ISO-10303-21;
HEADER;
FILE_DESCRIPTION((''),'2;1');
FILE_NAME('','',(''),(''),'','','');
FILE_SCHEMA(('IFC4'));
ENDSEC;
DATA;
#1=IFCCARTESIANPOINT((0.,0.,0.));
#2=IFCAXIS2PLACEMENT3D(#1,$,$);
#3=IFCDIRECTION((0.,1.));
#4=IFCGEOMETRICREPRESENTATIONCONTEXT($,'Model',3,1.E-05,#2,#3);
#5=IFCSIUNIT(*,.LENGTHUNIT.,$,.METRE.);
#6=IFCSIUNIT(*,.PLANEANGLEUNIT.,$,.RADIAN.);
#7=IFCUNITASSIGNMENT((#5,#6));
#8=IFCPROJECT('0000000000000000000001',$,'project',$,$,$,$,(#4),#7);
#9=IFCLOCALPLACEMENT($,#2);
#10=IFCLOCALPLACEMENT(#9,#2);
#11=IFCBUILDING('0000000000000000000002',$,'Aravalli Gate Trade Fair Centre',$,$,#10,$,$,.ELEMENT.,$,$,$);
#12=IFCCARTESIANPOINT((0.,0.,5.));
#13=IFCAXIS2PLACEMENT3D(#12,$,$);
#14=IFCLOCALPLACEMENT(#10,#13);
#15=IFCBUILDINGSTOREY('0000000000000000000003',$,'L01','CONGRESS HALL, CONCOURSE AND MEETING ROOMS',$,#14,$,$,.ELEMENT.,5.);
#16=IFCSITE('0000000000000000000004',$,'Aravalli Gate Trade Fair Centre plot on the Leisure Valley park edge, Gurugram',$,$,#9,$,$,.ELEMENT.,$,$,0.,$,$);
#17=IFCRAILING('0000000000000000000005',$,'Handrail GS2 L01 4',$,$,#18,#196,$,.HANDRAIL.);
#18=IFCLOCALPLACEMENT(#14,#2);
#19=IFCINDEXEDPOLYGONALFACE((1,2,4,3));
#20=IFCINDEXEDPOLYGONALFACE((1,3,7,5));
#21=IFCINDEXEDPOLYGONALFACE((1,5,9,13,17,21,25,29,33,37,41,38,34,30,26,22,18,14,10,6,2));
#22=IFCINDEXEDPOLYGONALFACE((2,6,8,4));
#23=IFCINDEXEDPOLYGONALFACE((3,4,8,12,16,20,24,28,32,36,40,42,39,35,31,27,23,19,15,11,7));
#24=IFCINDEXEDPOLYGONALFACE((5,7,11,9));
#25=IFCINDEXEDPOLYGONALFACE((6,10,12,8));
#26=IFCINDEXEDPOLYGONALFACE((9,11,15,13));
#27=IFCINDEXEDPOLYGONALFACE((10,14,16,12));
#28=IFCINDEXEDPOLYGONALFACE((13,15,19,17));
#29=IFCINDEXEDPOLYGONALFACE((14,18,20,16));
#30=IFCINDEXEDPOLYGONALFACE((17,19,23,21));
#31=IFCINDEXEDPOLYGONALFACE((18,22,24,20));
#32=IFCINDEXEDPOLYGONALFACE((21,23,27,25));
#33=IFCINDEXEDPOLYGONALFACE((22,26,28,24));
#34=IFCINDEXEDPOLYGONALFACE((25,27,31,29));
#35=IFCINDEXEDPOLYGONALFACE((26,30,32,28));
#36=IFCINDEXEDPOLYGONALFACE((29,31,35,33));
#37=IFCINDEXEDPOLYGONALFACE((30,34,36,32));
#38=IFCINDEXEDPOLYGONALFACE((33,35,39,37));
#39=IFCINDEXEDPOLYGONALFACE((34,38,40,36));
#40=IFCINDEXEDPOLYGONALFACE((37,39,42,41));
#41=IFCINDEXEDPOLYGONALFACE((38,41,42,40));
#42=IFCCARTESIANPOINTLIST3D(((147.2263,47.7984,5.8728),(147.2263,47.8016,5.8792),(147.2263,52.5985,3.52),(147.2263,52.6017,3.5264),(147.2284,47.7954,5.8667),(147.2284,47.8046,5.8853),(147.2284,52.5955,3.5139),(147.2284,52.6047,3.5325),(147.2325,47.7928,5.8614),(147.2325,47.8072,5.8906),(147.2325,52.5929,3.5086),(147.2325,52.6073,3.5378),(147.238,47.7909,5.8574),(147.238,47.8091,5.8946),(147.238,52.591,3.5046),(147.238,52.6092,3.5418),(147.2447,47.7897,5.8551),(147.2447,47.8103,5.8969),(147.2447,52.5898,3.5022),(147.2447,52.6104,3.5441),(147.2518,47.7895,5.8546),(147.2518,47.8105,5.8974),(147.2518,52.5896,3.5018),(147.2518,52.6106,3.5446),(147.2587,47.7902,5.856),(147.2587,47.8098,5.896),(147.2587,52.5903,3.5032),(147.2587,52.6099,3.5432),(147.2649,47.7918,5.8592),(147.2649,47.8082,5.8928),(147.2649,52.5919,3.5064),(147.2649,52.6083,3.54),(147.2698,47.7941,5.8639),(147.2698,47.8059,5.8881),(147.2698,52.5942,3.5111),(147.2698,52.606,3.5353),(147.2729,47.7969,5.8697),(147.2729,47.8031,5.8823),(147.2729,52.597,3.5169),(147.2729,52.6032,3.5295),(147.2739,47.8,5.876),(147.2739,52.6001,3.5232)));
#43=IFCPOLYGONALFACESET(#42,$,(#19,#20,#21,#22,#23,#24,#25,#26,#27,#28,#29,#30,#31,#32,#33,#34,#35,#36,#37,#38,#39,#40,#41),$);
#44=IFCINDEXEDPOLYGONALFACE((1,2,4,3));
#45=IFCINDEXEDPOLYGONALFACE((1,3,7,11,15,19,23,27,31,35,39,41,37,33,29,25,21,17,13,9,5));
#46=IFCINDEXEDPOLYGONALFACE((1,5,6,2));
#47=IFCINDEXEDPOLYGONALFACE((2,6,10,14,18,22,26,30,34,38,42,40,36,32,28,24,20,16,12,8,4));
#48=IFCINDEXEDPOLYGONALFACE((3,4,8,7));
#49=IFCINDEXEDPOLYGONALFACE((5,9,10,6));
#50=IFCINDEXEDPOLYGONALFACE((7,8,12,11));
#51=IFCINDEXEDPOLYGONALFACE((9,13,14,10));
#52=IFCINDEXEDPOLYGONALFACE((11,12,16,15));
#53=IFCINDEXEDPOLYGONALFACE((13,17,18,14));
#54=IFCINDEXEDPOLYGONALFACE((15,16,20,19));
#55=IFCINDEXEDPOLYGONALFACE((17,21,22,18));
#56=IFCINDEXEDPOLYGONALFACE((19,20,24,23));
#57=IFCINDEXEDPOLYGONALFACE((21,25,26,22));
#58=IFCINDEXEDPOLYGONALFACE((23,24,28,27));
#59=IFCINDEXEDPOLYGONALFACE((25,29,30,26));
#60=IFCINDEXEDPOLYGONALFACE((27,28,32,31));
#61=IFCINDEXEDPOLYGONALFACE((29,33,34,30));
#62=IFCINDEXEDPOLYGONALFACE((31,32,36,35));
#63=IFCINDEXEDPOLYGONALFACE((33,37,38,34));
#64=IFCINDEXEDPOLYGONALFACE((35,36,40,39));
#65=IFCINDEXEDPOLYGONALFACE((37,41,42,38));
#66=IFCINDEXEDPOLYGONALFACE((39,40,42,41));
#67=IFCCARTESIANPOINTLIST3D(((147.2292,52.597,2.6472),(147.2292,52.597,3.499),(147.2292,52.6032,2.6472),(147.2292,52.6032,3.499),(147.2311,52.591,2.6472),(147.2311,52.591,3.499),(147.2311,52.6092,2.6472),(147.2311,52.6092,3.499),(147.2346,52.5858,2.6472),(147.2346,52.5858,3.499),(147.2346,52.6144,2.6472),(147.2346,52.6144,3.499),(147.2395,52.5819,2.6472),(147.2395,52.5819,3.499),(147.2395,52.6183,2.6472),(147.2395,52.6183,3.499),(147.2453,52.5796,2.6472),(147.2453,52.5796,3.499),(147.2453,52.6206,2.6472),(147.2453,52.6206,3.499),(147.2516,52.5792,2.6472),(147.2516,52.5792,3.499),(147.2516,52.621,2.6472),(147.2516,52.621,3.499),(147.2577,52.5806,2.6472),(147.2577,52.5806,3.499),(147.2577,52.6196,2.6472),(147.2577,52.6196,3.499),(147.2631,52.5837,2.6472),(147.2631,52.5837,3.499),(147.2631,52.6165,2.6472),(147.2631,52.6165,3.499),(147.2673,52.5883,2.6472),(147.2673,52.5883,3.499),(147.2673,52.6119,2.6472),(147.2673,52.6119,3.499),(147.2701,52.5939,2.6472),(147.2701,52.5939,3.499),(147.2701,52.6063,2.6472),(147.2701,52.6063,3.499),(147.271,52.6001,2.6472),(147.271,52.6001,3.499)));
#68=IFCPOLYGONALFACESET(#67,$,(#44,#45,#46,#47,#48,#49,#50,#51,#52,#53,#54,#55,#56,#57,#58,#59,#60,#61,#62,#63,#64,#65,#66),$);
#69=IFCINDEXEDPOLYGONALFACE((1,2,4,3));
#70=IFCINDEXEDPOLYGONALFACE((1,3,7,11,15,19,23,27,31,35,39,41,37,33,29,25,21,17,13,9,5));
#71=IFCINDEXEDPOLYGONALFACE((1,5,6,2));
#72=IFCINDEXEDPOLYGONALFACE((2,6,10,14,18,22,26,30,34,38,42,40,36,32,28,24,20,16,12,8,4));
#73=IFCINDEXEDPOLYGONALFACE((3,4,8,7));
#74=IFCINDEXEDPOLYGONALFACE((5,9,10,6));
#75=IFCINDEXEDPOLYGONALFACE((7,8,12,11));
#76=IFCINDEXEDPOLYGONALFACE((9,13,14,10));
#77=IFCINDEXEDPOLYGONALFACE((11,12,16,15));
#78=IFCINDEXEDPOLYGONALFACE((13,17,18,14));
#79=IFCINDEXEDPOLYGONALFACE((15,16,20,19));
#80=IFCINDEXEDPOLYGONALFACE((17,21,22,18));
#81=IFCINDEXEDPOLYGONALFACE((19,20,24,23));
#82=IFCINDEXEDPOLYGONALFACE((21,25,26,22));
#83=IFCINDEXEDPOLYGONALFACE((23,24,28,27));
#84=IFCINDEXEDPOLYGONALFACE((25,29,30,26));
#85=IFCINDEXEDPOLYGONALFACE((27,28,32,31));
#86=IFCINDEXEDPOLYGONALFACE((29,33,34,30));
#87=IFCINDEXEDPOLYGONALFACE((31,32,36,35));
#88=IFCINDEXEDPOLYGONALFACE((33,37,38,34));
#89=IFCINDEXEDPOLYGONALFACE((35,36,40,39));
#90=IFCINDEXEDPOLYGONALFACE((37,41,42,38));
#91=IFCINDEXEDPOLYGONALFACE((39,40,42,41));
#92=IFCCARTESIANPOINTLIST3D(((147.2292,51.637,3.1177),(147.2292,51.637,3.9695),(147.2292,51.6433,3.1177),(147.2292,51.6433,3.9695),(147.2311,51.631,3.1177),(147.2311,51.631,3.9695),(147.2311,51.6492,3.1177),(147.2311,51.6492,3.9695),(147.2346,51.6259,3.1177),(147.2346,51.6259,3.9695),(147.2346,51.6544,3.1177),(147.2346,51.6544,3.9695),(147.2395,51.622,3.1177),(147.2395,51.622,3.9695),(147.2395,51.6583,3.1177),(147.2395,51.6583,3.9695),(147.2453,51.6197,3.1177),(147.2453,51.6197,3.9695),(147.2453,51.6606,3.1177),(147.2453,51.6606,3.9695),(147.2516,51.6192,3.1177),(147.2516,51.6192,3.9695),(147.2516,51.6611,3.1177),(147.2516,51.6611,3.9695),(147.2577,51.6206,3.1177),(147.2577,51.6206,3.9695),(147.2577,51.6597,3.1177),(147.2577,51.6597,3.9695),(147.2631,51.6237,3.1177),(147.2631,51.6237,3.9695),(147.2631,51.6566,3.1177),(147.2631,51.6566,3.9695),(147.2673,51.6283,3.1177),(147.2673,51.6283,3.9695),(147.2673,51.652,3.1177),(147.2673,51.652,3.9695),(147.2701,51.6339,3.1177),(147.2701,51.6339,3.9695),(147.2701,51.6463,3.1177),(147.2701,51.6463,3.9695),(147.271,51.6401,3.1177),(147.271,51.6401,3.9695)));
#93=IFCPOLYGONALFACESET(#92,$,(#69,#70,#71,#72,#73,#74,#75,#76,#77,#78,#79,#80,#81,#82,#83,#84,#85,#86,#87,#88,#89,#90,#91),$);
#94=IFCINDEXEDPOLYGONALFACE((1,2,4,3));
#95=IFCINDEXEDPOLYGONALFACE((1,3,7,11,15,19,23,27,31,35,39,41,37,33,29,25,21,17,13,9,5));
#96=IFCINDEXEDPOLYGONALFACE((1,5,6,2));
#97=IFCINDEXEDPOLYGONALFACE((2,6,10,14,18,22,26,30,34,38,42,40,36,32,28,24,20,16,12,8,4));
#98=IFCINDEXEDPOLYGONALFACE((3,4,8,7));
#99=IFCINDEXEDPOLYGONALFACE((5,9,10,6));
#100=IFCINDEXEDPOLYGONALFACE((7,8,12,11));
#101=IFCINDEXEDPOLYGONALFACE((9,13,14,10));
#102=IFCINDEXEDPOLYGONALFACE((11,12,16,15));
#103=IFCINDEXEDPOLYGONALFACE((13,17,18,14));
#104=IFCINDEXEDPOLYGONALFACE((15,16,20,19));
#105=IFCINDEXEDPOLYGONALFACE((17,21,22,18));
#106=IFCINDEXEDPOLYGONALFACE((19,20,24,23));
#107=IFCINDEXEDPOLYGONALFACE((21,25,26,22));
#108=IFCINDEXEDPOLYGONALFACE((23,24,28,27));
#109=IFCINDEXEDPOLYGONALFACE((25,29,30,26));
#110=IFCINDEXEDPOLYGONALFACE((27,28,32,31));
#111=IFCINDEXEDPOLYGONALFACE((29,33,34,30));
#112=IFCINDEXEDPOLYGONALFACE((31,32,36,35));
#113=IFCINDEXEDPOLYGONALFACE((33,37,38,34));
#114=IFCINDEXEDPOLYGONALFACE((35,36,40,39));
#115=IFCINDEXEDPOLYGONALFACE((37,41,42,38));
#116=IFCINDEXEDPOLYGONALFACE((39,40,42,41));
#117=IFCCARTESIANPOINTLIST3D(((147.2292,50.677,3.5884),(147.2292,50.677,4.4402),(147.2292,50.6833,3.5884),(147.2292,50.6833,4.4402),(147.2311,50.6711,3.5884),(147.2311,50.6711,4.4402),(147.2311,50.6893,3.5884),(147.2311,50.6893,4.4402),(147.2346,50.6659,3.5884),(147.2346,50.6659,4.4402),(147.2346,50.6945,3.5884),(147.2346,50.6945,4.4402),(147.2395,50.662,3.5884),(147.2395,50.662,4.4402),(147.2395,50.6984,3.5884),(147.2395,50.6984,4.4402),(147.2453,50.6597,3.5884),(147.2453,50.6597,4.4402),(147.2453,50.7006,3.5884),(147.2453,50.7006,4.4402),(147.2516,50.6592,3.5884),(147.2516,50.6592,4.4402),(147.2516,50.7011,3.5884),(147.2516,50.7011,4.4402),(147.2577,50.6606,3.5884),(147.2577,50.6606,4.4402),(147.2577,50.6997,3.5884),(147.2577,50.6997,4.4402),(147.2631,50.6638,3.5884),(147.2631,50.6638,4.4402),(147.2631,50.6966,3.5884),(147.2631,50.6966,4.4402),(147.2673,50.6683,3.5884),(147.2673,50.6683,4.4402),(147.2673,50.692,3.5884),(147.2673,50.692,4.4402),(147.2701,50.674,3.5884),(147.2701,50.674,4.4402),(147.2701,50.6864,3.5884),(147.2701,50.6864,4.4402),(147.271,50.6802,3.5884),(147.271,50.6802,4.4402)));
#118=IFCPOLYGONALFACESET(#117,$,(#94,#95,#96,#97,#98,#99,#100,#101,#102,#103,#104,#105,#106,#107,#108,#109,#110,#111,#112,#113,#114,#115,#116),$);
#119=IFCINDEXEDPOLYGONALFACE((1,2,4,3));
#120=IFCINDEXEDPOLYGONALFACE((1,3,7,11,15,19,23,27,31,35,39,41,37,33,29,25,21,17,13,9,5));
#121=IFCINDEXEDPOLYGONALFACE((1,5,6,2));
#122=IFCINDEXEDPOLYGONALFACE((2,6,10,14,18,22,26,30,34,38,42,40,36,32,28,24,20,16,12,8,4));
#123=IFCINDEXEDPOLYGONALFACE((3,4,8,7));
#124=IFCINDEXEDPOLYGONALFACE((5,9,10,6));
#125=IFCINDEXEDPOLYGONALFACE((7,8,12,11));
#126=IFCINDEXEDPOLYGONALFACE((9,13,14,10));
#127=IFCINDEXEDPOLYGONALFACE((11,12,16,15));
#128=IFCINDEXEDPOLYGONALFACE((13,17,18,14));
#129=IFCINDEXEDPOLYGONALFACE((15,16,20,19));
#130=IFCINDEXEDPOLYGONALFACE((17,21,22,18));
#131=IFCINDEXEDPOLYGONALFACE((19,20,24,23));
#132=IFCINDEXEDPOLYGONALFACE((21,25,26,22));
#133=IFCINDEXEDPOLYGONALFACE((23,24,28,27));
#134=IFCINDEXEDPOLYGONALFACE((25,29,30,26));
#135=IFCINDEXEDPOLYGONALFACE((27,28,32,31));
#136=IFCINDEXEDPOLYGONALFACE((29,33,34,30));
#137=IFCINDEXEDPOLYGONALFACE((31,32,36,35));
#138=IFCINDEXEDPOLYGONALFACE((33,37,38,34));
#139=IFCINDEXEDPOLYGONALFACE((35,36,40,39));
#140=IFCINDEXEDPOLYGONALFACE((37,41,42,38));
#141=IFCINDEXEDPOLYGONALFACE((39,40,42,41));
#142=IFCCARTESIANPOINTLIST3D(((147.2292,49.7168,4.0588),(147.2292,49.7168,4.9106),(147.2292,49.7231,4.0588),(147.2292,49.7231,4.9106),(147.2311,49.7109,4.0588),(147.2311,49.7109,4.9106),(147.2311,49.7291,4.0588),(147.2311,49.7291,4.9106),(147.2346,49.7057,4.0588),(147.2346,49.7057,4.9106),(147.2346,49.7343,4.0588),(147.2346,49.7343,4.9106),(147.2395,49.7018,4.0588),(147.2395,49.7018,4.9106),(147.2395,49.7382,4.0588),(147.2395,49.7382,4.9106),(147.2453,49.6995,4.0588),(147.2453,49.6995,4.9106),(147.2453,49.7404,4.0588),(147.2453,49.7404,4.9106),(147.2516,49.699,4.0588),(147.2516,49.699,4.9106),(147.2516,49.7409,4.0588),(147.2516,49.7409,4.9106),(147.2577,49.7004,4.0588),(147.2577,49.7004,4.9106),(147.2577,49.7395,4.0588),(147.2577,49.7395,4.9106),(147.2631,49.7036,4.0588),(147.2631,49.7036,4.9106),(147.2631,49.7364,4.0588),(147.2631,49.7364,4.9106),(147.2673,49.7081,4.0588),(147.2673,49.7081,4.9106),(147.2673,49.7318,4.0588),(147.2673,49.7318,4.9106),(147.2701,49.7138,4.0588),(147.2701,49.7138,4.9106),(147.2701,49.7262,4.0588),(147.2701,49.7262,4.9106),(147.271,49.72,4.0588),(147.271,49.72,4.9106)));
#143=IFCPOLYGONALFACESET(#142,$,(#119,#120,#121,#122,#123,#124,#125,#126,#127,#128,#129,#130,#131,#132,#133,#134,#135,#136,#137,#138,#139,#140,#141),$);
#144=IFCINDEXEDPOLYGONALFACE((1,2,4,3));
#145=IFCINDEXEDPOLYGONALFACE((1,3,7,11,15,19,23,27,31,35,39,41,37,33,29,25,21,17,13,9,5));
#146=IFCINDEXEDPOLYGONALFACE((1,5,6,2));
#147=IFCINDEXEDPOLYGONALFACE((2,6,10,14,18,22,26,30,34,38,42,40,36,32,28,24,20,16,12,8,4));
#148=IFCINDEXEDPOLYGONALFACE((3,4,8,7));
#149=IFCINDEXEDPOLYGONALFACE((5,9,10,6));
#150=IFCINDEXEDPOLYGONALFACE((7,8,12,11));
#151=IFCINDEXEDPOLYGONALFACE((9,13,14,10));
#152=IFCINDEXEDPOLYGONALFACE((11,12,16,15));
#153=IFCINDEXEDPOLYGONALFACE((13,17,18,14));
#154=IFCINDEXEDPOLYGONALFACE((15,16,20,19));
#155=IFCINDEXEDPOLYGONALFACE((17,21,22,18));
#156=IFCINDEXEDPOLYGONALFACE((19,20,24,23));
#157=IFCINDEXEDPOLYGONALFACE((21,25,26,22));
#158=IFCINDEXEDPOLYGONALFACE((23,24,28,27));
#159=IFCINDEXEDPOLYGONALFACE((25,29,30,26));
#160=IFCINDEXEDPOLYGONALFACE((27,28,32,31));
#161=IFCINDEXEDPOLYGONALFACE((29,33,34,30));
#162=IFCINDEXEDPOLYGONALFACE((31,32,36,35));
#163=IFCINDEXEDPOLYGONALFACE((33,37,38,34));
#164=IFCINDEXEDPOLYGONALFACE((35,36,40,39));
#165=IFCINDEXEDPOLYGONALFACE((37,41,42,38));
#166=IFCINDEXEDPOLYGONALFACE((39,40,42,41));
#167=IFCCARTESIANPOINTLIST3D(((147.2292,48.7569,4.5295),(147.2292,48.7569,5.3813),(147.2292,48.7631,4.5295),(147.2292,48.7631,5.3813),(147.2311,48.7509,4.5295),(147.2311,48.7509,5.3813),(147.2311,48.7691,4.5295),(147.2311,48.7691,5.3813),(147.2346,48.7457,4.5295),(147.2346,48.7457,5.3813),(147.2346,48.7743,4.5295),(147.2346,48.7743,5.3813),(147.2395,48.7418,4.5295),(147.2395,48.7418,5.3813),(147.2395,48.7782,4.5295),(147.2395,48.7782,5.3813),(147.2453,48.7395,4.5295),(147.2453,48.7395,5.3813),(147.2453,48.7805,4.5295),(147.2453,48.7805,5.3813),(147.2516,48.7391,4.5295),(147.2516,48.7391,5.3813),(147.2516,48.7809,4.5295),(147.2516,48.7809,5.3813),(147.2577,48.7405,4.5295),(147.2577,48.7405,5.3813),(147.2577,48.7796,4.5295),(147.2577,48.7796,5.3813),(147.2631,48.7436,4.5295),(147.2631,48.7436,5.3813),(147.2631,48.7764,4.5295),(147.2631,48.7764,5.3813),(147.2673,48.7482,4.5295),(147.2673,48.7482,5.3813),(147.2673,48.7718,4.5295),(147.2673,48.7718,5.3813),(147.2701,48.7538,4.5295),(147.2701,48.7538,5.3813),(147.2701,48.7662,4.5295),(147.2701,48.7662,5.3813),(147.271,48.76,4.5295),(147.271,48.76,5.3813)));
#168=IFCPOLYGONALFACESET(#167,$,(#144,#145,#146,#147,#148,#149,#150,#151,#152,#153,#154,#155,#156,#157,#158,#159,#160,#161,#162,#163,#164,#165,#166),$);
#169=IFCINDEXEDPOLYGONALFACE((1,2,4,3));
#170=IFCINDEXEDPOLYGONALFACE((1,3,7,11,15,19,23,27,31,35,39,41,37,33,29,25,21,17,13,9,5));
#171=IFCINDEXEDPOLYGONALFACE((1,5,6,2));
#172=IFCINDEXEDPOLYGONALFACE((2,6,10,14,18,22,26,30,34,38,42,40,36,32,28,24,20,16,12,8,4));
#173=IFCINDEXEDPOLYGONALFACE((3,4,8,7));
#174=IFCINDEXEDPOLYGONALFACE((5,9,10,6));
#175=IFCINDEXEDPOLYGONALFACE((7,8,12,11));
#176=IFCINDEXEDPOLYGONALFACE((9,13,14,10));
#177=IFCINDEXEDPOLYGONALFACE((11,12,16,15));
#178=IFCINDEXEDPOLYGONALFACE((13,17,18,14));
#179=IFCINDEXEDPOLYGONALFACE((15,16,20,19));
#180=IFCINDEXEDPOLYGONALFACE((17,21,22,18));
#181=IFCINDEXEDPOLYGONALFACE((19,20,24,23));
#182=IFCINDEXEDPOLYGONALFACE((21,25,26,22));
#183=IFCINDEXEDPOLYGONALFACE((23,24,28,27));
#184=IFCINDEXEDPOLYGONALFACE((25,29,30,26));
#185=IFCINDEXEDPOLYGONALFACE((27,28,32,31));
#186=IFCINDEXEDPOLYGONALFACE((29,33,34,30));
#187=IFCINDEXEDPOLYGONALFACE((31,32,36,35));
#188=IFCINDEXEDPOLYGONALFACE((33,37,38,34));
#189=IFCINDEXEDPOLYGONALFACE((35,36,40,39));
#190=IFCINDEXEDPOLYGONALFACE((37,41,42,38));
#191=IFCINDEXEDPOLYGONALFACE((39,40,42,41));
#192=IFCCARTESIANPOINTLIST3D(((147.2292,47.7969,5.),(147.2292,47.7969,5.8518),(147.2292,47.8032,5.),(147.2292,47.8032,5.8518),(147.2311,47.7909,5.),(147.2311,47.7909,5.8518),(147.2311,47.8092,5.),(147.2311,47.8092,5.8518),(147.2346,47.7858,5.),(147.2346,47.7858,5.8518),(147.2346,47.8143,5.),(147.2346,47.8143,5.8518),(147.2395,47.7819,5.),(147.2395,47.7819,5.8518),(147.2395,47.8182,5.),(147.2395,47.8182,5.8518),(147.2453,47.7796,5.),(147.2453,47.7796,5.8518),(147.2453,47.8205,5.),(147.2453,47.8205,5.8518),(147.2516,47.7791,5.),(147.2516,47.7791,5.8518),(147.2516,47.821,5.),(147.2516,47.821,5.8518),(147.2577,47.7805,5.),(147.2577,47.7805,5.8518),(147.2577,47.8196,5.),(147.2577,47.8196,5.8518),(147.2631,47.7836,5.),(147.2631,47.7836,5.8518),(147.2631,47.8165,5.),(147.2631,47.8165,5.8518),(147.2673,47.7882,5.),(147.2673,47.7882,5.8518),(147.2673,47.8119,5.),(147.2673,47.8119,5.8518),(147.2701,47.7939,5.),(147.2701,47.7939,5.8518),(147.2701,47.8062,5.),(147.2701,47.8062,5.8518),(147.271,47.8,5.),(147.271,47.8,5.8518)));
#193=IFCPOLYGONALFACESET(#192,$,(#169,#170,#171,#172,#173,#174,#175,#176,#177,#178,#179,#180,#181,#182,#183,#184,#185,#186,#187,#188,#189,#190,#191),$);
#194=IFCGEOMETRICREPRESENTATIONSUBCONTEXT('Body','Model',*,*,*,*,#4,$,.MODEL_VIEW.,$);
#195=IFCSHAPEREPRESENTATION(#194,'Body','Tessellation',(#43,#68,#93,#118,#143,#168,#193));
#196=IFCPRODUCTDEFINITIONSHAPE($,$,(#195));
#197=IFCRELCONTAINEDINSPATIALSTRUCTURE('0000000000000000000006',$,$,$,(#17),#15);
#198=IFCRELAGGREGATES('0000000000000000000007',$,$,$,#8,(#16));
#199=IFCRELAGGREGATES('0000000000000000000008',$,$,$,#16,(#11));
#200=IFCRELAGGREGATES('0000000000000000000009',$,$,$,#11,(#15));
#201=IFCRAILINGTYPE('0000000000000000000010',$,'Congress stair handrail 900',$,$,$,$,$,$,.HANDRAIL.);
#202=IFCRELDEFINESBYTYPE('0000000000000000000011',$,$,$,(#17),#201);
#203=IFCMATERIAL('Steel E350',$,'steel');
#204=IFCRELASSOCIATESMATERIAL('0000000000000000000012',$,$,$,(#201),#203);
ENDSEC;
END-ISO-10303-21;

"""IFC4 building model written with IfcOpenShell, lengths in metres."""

from ifc_helpers import new_model, si_unit, direction, frame, origin, origin_2d, place, context, subcontext, project, spatial, circle, extrude, material, type_object, element, save


model = new_model("IFC4")

# Units and contexts
model_context = context("Model", 3, precision=1e-05, world=origin(), true_north=direction((0.0, 1.0)))
body_context = subcontext(model_context, "Body", "Model", "MODEL_VIEW")
ifc_project = project(units=[si_unit("LENGTHUNIT", "METRE"), si_unit("PLANEANGLEUNIT", "RADIAN")], contexts=[model_context])

# Site, building, storey
site_placement = place(None, origin())
site = spatial("IfcSite", under=ifc_project, at=site_placement, Name="Aravalli Gate Trade Fair Centre plot on the Leisure Valley park edge, Gurugram", CompositionType="ELEMENT", RefElevation=0.0)
building_placement = place(site_placement, origin())
building = spatial("IfcBuilding", under=site, at=building_placement, Name="Aravalli Gate Trade Fair Centre", CompositionType="ELEMENT")
storey_placement = place(building_placement, frame((0.0, 0.0, 5.0)))
storey = spatial("IfcBuildingStorey", under=building, at=storey_placement, Name="L01", Description="CONGRESS HALL, CONCOURSE AND MEETING ROOMS", CompositionType="ELEMENT", Elevation=5.0)

# Railing
ifc_material_1 = material(Name="Steel E350", Category="steel")
railing_type = type_object("IfcRailingType", Name="Congress stair handrail 900", PredefinedType="HANDRAIL", material=ifc_material_1)
for number, where, name in (
    (1, (147.25, 52.6001, 2.6472), "Handrail GS2 L01 4"),
):
    element("IfcRailing", number, at=place(storey_placement, frame(where)), inside=storey, type_object=railing_type, Name=name, PredefinedType="HANDRAIL", context=body_context, shape_type="SweptSolid", body=[
        extrude(circle(Radius=0.0239, at=origin_2d()), frame((0.0, 0.0, 0.876), z_axis=(0.0, -0.897934, 0.44013), x_axis=(1.0, 0.0, 0.0)), (0.0, 0.0, 1.0), 5.3457),
        extrude(circle(Radius=0.021, at=origin_2d()), origin(), (0.0, 0.0, 1.0), 0.8518),
        extrude(circle(Radius=0.021, at=origin_2d()), frame((0.0, -0.96, 0.4705)), (0.0, 0.0, 1.0), 0.8518),
        extrude(circle(Radius=0.021, at=origin_2d()), frame((0.0, -1.9199, 0.9412)), (0.0, 0.0, 1.0), 0.8518),
        extrude(circle(Radius=0.021, at=origin_2d()), frame((0.0, -2.8801, 1.4116)), (0.0, 0.0, 1.0), 0.8518),
        extrude(circle(Radius=0.021, at=origin_2d()), frame((0.0, -3.8401, 1.8823)), (0.0, 0.0, 1.0), 0.8518),
        extrude(circle(Radius=0.021, at=origin_2d()), frame((0.0, -4.8, 2.3528)), (0.0, 0.0, 1.0), 0.8518),
    ])

save(model, "model.ifc")
